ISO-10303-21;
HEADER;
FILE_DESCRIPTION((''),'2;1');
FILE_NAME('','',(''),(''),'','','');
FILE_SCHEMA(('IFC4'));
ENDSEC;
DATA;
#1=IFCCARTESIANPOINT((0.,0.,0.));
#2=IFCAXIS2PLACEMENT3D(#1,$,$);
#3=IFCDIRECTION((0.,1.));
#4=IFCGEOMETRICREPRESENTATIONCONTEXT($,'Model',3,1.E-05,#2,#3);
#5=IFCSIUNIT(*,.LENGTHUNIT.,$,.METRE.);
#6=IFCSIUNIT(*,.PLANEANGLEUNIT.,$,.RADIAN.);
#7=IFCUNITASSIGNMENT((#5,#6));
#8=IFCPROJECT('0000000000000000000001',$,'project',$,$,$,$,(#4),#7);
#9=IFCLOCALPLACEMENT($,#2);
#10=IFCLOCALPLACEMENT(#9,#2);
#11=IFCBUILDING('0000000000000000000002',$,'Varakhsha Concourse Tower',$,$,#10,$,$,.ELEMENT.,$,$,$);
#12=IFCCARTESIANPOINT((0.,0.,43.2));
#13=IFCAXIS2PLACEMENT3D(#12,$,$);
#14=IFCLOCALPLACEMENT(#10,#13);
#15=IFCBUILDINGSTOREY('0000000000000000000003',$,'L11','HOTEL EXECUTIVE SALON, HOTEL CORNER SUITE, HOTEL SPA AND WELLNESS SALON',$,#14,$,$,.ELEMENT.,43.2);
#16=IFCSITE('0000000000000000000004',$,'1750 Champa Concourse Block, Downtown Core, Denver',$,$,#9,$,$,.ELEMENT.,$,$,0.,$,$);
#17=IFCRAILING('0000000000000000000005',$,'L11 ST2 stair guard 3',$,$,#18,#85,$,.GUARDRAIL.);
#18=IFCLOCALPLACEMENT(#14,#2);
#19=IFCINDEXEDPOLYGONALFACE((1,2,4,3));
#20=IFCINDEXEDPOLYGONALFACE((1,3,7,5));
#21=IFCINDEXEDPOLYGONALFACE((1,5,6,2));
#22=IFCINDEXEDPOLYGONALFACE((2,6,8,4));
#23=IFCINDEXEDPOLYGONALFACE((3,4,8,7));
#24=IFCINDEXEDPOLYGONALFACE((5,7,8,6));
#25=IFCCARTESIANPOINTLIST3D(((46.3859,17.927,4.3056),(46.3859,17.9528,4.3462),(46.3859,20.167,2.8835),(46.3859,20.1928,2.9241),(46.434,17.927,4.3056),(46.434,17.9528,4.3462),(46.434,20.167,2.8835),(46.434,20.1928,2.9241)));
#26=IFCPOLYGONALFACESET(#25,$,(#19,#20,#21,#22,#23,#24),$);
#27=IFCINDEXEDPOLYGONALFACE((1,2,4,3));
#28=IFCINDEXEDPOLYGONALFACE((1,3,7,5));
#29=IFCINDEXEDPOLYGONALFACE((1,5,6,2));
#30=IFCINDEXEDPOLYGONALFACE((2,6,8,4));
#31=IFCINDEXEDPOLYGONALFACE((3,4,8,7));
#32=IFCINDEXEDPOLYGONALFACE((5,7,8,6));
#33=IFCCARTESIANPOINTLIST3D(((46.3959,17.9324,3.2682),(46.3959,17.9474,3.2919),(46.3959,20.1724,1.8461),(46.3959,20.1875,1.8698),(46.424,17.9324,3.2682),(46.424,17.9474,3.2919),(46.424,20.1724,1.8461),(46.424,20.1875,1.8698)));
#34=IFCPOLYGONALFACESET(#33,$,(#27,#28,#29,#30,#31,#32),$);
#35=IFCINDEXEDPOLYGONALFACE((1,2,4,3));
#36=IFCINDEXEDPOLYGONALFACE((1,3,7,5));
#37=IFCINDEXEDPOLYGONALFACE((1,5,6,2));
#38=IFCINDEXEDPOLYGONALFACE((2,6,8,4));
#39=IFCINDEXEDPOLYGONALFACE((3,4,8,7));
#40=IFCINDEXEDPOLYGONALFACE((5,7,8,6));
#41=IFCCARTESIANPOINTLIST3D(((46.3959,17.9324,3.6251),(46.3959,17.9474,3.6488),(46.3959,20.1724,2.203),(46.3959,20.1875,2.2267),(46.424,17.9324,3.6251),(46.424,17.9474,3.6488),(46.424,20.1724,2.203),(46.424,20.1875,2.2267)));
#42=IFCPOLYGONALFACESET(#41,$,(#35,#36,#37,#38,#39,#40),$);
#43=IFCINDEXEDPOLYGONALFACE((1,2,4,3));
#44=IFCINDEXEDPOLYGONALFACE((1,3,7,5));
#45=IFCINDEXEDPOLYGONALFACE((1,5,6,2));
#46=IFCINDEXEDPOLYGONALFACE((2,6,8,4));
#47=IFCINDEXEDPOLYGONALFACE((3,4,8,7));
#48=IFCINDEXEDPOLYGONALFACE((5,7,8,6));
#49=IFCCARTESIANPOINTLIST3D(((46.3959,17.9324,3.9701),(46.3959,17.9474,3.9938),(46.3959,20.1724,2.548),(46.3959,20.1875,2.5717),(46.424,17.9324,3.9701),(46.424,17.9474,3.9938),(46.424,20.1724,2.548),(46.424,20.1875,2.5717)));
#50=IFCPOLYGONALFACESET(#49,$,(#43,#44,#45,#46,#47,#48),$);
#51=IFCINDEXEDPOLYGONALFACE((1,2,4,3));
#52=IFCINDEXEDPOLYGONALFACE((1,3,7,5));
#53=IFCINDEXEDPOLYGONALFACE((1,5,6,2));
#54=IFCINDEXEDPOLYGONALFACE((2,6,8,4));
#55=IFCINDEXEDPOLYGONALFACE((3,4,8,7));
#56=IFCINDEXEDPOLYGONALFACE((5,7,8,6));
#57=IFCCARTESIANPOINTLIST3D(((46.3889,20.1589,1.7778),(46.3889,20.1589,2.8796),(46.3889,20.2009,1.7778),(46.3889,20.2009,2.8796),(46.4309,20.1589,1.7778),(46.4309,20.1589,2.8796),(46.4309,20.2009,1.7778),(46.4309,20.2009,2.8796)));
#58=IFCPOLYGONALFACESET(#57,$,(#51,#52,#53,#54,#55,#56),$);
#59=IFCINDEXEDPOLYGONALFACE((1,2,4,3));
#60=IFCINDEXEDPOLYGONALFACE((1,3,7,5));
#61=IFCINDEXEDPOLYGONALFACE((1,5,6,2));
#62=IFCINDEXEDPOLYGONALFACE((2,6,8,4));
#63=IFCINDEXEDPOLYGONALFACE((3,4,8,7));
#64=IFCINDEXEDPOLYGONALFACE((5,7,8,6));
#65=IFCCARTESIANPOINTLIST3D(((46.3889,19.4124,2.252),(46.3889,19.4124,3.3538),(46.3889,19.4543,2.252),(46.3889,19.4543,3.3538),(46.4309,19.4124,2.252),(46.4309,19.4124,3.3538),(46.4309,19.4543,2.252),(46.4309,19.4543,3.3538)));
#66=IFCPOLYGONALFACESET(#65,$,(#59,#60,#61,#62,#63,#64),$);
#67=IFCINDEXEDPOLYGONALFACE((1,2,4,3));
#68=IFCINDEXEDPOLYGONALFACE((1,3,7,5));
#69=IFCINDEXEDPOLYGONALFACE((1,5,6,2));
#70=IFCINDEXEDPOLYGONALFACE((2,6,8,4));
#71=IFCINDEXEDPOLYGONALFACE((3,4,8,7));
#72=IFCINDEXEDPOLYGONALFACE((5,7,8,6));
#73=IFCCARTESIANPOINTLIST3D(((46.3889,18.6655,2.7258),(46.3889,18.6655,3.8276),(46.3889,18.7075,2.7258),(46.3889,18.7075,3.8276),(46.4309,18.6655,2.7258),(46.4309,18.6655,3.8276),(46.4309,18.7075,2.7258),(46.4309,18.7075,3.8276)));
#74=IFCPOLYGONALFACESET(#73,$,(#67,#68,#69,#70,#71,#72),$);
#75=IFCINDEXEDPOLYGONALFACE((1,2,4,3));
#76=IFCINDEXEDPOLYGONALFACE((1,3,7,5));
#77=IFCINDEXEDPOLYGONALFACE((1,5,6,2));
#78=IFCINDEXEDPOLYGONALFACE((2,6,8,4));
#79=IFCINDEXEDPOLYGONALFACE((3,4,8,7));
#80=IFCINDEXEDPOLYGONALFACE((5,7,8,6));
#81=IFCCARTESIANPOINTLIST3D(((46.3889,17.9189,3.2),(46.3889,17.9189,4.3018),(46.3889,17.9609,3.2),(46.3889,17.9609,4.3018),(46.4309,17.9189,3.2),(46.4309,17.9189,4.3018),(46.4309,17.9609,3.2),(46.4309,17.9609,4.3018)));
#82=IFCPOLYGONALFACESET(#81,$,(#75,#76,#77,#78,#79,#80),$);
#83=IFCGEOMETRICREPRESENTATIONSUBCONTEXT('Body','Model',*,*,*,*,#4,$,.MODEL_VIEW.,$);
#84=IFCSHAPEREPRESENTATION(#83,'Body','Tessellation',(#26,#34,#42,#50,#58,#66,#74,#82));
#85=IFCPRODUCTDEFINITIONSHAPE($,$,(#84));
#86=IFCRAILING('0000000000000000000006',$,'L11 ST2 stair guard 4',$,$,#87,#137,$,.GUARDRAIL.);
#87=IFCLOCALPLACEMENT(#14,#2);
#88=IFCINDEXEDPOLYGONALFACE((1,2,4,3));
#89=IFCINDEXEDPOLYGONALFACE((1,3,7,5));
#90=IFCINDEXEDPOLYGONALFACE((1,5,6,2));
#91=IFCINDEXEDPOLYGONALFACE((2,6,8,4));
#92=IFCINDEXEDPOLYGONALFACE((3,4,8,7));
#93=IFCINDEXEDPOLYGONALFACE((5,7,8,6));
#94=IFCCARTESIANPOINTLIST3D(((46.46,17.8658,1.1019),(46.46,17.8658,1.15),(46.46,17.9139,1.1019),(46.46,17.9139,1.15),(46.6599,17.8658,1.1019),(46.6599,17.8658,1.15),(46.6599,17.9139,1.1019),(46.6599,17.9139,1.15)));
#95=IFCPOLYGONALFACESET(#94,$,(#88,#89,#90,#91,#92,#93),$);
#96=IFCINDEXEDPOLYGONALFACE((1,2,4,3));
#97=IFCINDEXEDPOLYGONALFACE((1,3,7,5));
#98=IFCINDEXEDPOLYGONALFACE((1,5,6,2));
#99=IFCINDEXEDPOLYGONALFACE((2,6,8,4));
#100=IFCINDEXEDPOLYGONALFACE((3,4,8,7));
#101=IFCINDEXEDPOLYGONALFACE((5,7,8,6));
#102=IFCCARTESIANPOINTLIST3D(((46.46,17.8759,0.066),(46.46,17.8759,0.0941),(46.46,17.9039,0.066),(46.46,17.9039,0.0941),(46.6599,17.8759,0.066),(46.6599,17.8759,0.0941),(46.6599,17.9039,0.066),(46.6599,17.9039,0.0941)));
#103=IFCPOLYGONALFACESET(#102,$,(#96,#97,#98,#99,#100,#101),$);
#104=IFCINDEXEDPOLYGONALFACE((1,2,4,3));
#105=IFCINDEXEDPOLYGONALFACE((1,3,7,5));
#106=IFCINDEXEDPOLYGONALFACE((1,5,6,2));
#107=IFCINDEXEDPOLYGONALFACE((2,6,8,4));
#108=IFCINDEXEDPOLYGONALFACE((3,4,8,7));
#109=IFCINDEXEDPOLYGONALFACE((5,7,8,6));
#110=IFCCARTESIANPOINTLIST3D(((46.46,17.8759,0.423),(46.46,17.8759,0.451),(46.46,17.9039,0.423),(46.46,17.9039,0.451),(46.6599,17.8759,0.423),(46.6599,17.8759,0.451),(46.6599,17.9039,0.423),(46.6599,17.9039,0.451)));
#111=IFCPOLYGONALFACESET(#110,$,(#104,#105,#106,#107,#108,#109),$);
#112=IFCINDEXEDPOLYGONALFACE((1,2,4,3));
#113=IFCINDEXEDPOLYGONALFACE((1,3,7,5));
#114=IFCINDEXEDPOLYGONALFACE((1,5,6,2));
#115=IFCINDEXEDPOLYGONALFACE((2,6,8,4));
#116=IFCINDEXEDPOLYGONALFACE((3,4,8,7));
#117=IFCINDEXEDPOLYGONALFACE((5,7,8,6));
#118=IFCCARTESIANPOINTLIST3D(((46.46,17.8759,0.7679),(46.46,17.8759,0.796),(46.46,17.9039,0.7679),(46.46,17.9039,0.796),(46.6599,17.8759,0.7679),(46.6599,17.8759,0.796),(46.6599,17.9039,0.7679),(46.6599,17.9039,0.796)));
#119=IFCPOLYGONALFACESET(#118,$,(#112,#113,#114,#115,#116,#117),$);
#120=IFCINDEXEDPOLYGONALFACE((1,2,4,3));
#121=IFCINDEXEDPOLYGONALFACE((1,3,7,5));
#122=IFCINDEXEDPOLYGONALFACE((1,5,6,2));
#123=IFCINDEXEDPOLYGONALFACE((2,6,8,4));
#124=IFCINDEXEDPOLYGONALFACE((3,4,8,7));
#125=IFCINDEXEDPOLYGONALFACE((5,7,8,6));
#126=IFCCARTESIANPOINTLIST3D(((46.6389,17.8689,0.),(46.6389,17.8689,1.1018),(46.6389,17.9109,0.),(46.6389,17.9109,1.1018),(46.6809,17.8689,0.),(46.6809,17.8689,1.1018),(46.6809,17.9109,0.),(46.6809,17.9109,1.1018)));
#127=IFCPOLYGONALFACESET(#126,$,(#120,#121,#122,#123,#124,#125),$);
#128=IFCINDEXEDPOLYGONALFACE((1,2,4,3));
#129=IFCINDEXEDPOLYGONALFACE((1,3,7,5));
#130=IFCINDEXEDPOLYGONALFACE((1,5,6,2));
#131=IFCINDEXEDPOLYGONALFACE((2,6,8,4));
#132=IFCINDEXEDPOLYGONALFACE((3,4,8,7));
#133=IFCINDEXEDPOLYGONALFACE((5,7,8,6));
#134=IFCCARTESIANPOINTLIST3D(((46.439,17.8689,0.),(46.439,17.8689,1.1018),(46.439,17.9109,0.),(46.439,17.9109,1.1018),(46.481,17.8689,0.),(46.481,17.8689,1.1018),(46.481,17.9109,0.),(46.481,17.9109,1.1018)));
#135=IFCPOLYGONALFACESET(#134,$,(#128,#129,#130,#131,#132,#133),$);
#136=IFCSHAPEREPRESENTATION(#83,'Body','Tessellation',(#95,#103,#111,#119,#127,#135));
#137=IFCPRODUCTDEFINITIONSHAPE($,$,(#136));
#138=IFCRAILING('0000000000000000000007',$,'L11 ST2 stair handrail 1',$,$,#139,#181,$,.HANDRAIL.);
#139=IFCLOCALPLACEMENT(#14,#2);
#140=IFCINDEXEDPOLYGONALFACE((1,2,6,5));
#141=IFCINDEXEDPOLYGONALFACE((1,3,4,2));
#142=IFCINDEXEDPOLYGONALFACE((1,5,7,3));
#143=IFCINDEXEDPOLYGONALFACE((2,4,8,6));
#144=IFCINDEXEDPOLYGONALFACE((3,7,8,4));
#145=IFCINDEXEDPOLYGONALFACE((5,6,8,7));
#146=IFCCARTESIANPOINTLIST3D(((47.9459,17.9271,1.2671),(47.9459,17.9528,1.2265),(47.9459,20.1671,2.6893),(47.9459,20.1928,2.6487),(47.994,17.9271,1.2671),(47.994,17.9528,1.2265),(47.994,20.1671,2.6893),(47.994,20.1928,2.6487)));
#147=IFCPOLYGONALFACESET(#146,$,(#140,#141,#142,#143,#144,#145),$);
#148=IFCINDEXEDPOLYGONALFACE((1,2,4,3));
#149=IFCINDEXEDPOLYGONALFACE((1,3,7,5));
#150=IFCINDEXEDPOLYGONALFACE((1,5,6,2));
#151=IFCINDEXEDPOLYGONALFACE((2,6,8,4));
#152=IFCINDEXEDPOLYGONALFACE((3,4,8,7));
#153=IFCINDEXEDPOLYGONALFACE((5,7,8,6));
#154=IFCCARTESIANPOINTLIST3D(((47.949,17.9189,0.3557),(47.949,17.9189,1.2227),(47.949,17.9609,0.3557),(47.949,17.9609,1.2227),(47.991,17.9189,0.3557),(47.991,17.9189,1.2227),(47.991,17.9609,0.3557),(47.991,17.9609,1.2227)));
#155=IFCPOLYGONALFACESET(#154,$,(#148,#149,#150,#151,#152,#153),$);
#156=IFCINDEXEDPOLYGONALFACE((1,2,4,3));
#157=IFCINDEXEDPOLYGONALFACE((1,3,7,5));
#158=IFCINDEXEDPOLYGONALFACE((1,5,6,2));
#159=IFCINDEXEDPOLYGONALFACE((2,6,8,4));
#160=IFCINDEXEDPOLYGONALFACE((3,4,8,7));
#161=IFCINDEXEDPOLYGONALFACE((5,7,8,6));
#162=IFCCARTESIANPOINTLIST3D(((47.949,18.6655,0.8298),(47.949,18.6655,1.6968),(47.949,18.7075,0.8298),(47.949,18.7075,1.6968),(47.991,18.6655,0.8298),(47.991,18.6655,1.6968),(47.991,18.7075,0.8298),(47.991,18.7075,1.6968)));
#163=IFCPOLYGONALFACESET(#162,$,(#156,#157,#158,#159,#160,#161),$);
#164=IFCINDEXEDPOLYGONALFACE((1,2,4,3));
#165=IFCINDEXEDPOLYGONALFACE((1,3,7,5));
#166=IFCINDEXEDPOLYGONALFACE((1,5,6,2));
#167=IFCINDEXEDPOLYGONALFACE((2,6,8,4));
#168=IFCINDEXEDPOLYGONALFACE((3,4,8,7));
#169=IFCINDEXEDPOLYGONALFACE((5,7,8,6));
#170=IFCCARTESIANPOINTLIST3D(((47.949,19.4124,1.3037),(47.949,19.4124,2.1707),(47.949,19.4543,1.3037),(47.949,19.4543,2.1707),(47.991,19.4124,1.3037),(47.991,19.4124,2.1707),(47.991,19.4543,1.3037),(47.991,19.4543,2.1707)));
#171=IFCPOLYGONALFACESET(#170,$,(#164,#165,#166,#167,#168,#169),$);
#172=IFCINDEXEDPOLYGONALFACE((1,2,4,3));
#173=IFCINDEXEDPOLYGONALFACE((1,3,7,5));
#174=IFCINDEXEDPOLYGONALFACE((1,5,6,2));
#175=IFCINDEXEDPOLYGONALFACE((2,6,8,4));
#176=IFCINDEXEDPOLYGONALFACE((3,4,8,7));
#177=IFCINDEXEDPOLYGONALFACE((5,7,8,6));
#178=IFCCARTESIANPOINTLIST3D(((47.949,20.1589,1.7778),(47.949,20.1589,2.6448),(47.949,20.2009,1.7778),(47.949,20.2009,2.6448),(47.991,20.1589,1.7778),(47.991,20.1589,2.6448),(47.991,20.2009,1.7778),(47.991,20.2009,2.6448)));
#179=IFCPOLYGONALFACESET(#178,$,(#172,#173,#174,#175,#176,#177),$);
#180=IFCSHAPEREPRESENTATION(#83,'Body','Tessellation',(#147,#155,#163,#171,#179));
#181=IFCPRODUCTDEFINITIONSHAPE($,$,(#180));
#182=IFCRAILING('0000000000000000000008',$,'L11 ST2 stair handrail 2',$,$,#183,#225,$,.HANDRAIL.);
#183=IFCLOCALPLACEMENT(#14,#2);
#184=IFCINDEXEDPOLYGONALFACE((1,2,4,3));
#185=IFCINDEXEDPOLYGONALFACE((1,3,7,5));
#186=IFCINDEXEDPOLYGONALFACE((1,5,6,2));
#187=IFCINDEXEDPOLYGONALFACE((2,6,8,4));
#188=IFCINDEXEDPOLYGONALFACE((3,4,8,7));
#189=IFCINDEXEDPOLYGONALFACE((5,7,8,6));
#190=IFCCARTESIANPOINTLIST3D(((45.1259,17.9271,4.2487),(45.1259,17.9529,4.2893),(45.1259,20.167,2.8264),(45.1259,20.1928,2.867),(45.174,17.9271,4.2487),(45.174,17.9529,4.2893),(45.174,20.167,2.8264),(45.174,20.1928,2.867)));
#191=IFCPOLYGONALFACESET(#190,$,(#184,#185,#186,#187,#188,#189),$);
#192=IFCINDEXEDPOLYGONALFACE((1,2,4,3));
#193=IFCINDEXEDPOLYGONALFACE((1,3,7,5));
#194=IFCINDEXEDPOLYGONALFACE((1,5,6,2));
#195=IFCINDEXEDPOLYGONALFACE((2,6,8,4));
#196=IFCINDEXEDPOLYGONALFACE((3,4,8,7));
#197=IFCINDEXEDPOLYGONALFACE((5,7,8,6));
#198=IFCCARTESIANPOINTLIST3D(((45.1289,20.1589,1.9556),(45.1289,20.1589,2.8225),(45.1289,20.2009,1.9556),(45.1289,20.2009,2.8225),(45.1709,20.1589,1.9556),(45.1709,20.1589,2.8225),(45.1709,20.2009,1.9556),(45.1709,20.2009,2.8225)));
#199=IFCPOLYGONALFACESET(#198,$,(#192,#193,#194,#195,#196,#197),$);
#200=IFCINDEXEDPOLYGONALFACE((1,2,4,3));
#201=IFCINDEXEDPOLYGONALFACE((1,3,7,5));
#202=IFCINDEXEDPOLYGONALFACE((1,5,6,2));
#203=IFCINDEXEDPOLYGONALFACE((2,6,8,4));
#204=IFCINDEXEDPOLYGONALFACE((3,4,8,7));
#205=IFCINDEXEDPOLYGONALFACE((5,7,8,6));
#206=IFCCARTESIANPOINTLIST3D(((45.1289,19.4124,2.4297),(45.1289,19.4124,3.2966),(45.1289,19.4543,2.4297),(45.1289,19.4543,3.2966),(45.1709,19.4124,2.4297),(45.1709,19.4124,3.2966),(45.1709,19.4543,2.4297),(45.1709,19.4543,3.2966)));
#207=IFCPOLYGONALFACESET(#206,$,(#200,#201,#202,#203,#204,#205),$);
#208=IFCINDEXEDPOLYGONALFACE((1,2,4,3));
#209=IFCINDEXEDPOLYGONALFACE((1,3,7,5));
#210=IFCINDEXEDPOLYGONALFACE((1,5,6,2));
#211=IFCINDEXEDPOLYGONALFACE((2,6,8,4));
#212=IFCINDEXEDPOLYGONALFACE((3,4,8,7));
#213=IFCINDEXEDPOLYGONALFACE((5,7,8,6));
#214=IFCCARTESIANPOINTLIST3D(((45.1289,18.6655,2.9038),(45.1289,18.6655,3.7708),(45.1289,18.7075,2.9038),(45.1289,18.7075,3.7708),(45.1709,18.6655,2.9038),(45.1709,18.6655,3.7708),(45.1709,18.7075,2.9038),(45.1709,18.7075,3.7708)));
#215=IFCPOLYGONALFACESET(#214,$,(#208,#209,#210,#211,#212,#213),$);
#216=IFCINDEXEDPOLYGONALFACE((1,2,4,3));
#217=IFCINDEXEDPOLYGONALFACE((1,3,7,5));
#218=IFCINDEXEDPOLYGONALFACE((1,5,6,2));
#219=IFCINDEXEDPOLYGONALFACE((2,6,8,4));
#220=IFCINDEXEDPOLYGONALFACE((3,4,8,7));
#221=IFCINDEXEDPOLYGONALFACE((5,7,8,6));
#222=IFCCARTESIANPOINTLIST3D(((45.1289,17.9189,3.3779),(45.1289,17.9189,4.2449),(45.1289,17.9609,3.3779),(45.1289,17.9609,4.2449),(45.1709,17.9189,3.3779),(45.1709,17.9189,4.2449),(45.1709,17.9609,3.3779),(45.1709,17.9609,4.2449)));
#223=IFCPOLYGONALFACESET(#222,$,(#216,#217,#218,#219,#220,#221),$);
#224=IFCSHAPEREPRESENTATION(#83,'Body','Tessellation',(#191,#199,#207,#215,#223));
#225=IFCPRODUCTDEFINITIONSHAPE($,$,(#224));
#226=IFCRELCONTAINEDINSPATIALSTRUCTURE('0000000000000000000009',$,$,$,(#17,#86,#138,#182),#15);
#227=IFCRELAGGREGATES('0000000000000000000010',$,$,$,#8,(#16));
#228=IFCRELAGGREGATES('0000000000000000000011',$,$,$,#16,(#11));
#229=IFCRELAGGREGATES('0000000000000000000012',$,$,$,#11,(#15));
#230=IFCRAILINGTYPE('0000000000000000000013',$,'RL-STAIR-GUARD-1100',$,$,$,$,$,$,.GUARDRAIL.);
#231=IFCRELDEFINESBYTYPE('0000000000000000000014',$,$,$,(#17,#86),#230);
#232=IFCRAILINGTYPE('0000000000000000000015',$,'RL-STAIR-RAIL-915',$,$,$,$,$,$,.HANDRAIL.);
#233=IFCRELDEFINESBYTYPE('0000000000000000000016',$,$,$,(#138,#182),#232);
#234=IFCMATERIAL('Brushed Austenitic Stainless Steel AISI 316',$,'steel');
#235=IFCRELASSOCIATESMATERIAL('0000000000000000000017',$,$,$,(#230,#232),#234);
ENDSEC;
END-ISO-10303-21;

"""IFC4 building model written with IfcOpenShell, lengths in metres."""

from ifc_helpers import new_model, si_unit, direction, frame, origin, origin_2d, place, context, subcontext, project, spatial, rectangle, extrude, material, type_object, element, save


model = new_model("IFC4")

# Units and contexts
model_context = context("Model", 3, precision=1e-05, world=origin(), true_north=direction((0.0, 1.0)))
body_context = subcontext(model_context, "Body", "Model", "MODEL_VIEW")
ifc_project = project(units=[si_unit("LENGTHUNIT", "METRE"), si_unit("PLANEANGLEUNIT", "RADIAN")], contexts=[model_context])

# Site, building, storey
site_placement = place(None, origin())
site = spatial("IfcSite", under=ifc_project, at=site_placement, Name="1750 Champa Concourse Block, Downtown Core, Denver", CompositionType="ELEMENT", RefElevation=0.0)
building_placement = place(site_placement, origin())
building = spatial("IfcBuilding", under=site, at=building_placement, Name="Varakhsha Concourse Tower", CompositionType="ELEMENT")
storey_placement = place(building_placement, frame((0.0, 0.0, 43.2)))
storey = spatial("IfcBuildingStorey", under=building, at=storey_placement, Name="L11", Description="HOTEL EXECUTIVE SALON, HOTEL CORNER SUITE, HOTEL SPA AND WELLNESS SALON", CompositionType="ELEMENT", Elevation=43.2)

# Railings
ifc_material_1 = material(Name="Brushed Austenitic Stainless Steel AISI 316", Category="steel")
railing_type_1 = type_object("IfcRailingType", Name="RL-STAIR-GUARD-1100", PredefinedType="GUARDRAIL", material=ifc_material_1)
railing_1_placement = place(storey_placement, frame((46.4099, 20.1799, 1.7778)))
element("IfcRailing", 1, at=railing_1_placement, inside=storey, type_object=railing_type_1, Name="L11 ST2 stair guard 3", PredefinedType="GUARDRAIL", context=body_context, shape_type="SweptSolid", body=[
    extrude(rectangle(XDim=0.0481, YDim=0.0481, at=origin_2d()), frame((0.0, 0.0, 1.126), z_axis=(0.0, -0.844229, 0.535982), x_axis=(1.0, 0.0, 0.0)), (0.0, 0.0, 1.0), 2.6533),
    extrude(rectangle(XDim=0.0281, YDim=0.0281, at=origin_2d()), frame((0.0, 0.0, 0.0801), z_axis=(0.0, -0.844229, 0.535982), x_axis=(1.0, 0.0, 0.0)), (0.0, 0.0, 1.0), 2.6533),
    extrude(rectangle(XDim=0.0281, YDim=0.0281, at=origin_2d()), frame((0.0, 0.0, 0.437), z_axis=(0.0, -0.844229, 0.535982), x_axis=(1.0, 0.0, 0.0)), (0.0, 0.0, 1.0), 2.6533),
    extrude(rectangle(XDim=0.0281, YDim=0.0281, at=origin_2d()), frame((0.0, 0.0, 0.782), z_axis=(0.0, -0.844229, 0.535982), x_axis=(1.0, 0.0, 0.0)), (0.0, 0.0, 1.0), 2.6533),
    extrude(rectangle(XDim=0.042, YDim=0.042, at=origin_2d()), origin(), (0.0, 0.0, 1.0), 1.1018),
    extrude(rectangle(XDim=0.042, YDim=0.042, at=origin_2d()), frame((0.0, -0.7466, 0.4741)), (0.0, 0.0, 1.0), 1.1018),
    extrude(rectangle(XDim=0.042, YDim=0.042, at=origin_2d()), frame((0.0, -1.4934, 0.948)), (0.0, 0.0, 1.0), 1.1018),
    extrude(rectangle(XDim=0.042, YDim=0.042, at=origin_2d()), frame((0.0, -2.24, 1.4221)), (0.0, 0.0, 1.0), 1.1018),
])
railing_2_placement = place(storey_placement, frame((46.6599, 17.8899, 0.0)))
element("IfcRailing", 2, at=railing_2_placement, inside=storey, type_object=railing_type_1, Name="L11 ST2 stair guard 4", PredefinedType="GUARDRAIL", context=body_context, shape_type="SweptSolid", body=[
    extrude(rectangle(XDim=0.0481, YDim=0.0481, at=origin_2d()), frame((0.0, 0.0, 1.126), z_axis=(-1.0, 0.0, 0.0), x_axis=(0.0, -1.0, 0.0)), (0.0, 0.0, 1.0), 0.2),
    extrude(rectangle(XDim=0.0281, YDim=0.0281, at=origin_2d()), frame((0.0, 0.0, 0.0801), z_axis=(-1.0, 0.0, 0.0), x_axis=(0.0, -1.0, 0.0)), (0.0, 0.0, 1.0), 0.2),
    extrude(rectangle(XDim=0.0281, YDim=0.0281, at=origin_2d()), frame((0.0, 0.0, 0.437), z_axis=(-1.0, 0.0, 0.0), x_axis=(0.0, -1.0, 0.0)), (0.0, 0.0, 1.0), 0.2),
    extrude(rectangle(XDim=0.0281, YDim=0.0281, at=origin_2d()), frame((0.0, 0.0, 0.782), z_axis=(-1.0, 0.0, 0.0), x_axis=(0.0, -1.0, 0.0)), (0.0, 0.0, 1.0), 0.2),
    extrude(rectangle(XDim=0.042, YDim=0.042, at=origin_2d()), origin(), (0.0, 0.0, 1.0), 1.1018),
    extrude(rectangle(XDim=0.042, YDim=0.042, at=origin_2d()), frame((-0.2, 0.0, 0.0)), (0.0, 0.0, 1.0), 1.1018),
])
railing_type_2 = type_object("IfcRailingType", Name="RL-STAIR-RAIL-915", PredefinedType="HANDRAIL", material=ifc_material_1)
railing_3_placement = place(storey_placement, frame((47.97, 17.9399, 0.3557)))
element("IfcRailing", 3, at=railing_3_placement, inside=storey, type_object=railing_type_2, Name="L11 ST2 stair handrail 1", PredefinedType="HANDRAIL", context=body_context, shape_type="SweptSolid", body=[
    extrude(rectangle(XDim=0.0481, YDim=0.0481, at=origin_2d()), frame((0.0, 0.0, 0.8911), z_axis=(0.0, 0.844229, 0.535982), x_axis=(-1.0, 0.0, 0.0)), (0.0, 0.0, 1.0), 2.6533),
    extrude(rectangle(XDim=0.042, YDim=0.042, at=origin_2d()), origin(), (0.0, 0.0, 1.0), 0.8669),
    extrude(rectangle(XDim=0.042, YDim=0.042, at=origin_2d()), frame((0.0, 0.7466, 0.4741)), (0.0, 0.0, 1.0), 0.8669),
    extrude(rectangle(XDim=0.042, YDim=0.042, at=origin_2d()), frame((0.0, 1.4934, 0.948)), (0.0, 0.0, 1.0), 0.8669),
    extrude(rectangle(XDim=0.042, YDim=0.042, at=origin_2d()), frame((0.0, 2.24, 1.4221)), (0.0, 0.0, 1.0), 0.8669),
])
railing_4_placement = place(storey_placement, frame((45.1499, 20.1799, 1.9556)))
element("IfcRailing", 4, at=railing_4_placement, inside=storey, type_object=railing_type_2, Name="L11 ST2 stair handrail 2", PredefinedType="HANDRAIL", context=body_context, shape_type="SweptSolid", body=[
    extrude(rectangle(XDim=0.0481, YDim=0.0481, at=origin_2d()), frame((0.0, 0.0, 0.8911), z_axis=(0.0, -0.844188, 0.536048), x_axis=(1.0, 0.0, 0.0)), (0.0, 0.0, 1.0), 2.6533),
    extrude(rectangle(XDim=0.042, YDim=0.042, at=origin_2d()), origin(), (0.0, 0.0, 1.0), 0.8669),
    extrude(rectangle(XDim=0.042, YDim=0.042, at=origin_2d()), frame((0.0, -0.7466, 0.4741)), (0.0, 0.0, 1.0), 0.8669),
    extrude(rectangle(XDim=0.042, YDim=0.042, at=origin_2d()), frame((0.0, -1.4934, 0.9482)), (0.0, 0.0, 1.0), 0.8669),
    extrude(rectangle(XDim=0.042, YDim=0.042, at=origin_2d()), frame((0.0, -2.24, 1.4224)), (0.0, 0.0, 1.0), 0.8669),
])

save(model, "model.ifc")
